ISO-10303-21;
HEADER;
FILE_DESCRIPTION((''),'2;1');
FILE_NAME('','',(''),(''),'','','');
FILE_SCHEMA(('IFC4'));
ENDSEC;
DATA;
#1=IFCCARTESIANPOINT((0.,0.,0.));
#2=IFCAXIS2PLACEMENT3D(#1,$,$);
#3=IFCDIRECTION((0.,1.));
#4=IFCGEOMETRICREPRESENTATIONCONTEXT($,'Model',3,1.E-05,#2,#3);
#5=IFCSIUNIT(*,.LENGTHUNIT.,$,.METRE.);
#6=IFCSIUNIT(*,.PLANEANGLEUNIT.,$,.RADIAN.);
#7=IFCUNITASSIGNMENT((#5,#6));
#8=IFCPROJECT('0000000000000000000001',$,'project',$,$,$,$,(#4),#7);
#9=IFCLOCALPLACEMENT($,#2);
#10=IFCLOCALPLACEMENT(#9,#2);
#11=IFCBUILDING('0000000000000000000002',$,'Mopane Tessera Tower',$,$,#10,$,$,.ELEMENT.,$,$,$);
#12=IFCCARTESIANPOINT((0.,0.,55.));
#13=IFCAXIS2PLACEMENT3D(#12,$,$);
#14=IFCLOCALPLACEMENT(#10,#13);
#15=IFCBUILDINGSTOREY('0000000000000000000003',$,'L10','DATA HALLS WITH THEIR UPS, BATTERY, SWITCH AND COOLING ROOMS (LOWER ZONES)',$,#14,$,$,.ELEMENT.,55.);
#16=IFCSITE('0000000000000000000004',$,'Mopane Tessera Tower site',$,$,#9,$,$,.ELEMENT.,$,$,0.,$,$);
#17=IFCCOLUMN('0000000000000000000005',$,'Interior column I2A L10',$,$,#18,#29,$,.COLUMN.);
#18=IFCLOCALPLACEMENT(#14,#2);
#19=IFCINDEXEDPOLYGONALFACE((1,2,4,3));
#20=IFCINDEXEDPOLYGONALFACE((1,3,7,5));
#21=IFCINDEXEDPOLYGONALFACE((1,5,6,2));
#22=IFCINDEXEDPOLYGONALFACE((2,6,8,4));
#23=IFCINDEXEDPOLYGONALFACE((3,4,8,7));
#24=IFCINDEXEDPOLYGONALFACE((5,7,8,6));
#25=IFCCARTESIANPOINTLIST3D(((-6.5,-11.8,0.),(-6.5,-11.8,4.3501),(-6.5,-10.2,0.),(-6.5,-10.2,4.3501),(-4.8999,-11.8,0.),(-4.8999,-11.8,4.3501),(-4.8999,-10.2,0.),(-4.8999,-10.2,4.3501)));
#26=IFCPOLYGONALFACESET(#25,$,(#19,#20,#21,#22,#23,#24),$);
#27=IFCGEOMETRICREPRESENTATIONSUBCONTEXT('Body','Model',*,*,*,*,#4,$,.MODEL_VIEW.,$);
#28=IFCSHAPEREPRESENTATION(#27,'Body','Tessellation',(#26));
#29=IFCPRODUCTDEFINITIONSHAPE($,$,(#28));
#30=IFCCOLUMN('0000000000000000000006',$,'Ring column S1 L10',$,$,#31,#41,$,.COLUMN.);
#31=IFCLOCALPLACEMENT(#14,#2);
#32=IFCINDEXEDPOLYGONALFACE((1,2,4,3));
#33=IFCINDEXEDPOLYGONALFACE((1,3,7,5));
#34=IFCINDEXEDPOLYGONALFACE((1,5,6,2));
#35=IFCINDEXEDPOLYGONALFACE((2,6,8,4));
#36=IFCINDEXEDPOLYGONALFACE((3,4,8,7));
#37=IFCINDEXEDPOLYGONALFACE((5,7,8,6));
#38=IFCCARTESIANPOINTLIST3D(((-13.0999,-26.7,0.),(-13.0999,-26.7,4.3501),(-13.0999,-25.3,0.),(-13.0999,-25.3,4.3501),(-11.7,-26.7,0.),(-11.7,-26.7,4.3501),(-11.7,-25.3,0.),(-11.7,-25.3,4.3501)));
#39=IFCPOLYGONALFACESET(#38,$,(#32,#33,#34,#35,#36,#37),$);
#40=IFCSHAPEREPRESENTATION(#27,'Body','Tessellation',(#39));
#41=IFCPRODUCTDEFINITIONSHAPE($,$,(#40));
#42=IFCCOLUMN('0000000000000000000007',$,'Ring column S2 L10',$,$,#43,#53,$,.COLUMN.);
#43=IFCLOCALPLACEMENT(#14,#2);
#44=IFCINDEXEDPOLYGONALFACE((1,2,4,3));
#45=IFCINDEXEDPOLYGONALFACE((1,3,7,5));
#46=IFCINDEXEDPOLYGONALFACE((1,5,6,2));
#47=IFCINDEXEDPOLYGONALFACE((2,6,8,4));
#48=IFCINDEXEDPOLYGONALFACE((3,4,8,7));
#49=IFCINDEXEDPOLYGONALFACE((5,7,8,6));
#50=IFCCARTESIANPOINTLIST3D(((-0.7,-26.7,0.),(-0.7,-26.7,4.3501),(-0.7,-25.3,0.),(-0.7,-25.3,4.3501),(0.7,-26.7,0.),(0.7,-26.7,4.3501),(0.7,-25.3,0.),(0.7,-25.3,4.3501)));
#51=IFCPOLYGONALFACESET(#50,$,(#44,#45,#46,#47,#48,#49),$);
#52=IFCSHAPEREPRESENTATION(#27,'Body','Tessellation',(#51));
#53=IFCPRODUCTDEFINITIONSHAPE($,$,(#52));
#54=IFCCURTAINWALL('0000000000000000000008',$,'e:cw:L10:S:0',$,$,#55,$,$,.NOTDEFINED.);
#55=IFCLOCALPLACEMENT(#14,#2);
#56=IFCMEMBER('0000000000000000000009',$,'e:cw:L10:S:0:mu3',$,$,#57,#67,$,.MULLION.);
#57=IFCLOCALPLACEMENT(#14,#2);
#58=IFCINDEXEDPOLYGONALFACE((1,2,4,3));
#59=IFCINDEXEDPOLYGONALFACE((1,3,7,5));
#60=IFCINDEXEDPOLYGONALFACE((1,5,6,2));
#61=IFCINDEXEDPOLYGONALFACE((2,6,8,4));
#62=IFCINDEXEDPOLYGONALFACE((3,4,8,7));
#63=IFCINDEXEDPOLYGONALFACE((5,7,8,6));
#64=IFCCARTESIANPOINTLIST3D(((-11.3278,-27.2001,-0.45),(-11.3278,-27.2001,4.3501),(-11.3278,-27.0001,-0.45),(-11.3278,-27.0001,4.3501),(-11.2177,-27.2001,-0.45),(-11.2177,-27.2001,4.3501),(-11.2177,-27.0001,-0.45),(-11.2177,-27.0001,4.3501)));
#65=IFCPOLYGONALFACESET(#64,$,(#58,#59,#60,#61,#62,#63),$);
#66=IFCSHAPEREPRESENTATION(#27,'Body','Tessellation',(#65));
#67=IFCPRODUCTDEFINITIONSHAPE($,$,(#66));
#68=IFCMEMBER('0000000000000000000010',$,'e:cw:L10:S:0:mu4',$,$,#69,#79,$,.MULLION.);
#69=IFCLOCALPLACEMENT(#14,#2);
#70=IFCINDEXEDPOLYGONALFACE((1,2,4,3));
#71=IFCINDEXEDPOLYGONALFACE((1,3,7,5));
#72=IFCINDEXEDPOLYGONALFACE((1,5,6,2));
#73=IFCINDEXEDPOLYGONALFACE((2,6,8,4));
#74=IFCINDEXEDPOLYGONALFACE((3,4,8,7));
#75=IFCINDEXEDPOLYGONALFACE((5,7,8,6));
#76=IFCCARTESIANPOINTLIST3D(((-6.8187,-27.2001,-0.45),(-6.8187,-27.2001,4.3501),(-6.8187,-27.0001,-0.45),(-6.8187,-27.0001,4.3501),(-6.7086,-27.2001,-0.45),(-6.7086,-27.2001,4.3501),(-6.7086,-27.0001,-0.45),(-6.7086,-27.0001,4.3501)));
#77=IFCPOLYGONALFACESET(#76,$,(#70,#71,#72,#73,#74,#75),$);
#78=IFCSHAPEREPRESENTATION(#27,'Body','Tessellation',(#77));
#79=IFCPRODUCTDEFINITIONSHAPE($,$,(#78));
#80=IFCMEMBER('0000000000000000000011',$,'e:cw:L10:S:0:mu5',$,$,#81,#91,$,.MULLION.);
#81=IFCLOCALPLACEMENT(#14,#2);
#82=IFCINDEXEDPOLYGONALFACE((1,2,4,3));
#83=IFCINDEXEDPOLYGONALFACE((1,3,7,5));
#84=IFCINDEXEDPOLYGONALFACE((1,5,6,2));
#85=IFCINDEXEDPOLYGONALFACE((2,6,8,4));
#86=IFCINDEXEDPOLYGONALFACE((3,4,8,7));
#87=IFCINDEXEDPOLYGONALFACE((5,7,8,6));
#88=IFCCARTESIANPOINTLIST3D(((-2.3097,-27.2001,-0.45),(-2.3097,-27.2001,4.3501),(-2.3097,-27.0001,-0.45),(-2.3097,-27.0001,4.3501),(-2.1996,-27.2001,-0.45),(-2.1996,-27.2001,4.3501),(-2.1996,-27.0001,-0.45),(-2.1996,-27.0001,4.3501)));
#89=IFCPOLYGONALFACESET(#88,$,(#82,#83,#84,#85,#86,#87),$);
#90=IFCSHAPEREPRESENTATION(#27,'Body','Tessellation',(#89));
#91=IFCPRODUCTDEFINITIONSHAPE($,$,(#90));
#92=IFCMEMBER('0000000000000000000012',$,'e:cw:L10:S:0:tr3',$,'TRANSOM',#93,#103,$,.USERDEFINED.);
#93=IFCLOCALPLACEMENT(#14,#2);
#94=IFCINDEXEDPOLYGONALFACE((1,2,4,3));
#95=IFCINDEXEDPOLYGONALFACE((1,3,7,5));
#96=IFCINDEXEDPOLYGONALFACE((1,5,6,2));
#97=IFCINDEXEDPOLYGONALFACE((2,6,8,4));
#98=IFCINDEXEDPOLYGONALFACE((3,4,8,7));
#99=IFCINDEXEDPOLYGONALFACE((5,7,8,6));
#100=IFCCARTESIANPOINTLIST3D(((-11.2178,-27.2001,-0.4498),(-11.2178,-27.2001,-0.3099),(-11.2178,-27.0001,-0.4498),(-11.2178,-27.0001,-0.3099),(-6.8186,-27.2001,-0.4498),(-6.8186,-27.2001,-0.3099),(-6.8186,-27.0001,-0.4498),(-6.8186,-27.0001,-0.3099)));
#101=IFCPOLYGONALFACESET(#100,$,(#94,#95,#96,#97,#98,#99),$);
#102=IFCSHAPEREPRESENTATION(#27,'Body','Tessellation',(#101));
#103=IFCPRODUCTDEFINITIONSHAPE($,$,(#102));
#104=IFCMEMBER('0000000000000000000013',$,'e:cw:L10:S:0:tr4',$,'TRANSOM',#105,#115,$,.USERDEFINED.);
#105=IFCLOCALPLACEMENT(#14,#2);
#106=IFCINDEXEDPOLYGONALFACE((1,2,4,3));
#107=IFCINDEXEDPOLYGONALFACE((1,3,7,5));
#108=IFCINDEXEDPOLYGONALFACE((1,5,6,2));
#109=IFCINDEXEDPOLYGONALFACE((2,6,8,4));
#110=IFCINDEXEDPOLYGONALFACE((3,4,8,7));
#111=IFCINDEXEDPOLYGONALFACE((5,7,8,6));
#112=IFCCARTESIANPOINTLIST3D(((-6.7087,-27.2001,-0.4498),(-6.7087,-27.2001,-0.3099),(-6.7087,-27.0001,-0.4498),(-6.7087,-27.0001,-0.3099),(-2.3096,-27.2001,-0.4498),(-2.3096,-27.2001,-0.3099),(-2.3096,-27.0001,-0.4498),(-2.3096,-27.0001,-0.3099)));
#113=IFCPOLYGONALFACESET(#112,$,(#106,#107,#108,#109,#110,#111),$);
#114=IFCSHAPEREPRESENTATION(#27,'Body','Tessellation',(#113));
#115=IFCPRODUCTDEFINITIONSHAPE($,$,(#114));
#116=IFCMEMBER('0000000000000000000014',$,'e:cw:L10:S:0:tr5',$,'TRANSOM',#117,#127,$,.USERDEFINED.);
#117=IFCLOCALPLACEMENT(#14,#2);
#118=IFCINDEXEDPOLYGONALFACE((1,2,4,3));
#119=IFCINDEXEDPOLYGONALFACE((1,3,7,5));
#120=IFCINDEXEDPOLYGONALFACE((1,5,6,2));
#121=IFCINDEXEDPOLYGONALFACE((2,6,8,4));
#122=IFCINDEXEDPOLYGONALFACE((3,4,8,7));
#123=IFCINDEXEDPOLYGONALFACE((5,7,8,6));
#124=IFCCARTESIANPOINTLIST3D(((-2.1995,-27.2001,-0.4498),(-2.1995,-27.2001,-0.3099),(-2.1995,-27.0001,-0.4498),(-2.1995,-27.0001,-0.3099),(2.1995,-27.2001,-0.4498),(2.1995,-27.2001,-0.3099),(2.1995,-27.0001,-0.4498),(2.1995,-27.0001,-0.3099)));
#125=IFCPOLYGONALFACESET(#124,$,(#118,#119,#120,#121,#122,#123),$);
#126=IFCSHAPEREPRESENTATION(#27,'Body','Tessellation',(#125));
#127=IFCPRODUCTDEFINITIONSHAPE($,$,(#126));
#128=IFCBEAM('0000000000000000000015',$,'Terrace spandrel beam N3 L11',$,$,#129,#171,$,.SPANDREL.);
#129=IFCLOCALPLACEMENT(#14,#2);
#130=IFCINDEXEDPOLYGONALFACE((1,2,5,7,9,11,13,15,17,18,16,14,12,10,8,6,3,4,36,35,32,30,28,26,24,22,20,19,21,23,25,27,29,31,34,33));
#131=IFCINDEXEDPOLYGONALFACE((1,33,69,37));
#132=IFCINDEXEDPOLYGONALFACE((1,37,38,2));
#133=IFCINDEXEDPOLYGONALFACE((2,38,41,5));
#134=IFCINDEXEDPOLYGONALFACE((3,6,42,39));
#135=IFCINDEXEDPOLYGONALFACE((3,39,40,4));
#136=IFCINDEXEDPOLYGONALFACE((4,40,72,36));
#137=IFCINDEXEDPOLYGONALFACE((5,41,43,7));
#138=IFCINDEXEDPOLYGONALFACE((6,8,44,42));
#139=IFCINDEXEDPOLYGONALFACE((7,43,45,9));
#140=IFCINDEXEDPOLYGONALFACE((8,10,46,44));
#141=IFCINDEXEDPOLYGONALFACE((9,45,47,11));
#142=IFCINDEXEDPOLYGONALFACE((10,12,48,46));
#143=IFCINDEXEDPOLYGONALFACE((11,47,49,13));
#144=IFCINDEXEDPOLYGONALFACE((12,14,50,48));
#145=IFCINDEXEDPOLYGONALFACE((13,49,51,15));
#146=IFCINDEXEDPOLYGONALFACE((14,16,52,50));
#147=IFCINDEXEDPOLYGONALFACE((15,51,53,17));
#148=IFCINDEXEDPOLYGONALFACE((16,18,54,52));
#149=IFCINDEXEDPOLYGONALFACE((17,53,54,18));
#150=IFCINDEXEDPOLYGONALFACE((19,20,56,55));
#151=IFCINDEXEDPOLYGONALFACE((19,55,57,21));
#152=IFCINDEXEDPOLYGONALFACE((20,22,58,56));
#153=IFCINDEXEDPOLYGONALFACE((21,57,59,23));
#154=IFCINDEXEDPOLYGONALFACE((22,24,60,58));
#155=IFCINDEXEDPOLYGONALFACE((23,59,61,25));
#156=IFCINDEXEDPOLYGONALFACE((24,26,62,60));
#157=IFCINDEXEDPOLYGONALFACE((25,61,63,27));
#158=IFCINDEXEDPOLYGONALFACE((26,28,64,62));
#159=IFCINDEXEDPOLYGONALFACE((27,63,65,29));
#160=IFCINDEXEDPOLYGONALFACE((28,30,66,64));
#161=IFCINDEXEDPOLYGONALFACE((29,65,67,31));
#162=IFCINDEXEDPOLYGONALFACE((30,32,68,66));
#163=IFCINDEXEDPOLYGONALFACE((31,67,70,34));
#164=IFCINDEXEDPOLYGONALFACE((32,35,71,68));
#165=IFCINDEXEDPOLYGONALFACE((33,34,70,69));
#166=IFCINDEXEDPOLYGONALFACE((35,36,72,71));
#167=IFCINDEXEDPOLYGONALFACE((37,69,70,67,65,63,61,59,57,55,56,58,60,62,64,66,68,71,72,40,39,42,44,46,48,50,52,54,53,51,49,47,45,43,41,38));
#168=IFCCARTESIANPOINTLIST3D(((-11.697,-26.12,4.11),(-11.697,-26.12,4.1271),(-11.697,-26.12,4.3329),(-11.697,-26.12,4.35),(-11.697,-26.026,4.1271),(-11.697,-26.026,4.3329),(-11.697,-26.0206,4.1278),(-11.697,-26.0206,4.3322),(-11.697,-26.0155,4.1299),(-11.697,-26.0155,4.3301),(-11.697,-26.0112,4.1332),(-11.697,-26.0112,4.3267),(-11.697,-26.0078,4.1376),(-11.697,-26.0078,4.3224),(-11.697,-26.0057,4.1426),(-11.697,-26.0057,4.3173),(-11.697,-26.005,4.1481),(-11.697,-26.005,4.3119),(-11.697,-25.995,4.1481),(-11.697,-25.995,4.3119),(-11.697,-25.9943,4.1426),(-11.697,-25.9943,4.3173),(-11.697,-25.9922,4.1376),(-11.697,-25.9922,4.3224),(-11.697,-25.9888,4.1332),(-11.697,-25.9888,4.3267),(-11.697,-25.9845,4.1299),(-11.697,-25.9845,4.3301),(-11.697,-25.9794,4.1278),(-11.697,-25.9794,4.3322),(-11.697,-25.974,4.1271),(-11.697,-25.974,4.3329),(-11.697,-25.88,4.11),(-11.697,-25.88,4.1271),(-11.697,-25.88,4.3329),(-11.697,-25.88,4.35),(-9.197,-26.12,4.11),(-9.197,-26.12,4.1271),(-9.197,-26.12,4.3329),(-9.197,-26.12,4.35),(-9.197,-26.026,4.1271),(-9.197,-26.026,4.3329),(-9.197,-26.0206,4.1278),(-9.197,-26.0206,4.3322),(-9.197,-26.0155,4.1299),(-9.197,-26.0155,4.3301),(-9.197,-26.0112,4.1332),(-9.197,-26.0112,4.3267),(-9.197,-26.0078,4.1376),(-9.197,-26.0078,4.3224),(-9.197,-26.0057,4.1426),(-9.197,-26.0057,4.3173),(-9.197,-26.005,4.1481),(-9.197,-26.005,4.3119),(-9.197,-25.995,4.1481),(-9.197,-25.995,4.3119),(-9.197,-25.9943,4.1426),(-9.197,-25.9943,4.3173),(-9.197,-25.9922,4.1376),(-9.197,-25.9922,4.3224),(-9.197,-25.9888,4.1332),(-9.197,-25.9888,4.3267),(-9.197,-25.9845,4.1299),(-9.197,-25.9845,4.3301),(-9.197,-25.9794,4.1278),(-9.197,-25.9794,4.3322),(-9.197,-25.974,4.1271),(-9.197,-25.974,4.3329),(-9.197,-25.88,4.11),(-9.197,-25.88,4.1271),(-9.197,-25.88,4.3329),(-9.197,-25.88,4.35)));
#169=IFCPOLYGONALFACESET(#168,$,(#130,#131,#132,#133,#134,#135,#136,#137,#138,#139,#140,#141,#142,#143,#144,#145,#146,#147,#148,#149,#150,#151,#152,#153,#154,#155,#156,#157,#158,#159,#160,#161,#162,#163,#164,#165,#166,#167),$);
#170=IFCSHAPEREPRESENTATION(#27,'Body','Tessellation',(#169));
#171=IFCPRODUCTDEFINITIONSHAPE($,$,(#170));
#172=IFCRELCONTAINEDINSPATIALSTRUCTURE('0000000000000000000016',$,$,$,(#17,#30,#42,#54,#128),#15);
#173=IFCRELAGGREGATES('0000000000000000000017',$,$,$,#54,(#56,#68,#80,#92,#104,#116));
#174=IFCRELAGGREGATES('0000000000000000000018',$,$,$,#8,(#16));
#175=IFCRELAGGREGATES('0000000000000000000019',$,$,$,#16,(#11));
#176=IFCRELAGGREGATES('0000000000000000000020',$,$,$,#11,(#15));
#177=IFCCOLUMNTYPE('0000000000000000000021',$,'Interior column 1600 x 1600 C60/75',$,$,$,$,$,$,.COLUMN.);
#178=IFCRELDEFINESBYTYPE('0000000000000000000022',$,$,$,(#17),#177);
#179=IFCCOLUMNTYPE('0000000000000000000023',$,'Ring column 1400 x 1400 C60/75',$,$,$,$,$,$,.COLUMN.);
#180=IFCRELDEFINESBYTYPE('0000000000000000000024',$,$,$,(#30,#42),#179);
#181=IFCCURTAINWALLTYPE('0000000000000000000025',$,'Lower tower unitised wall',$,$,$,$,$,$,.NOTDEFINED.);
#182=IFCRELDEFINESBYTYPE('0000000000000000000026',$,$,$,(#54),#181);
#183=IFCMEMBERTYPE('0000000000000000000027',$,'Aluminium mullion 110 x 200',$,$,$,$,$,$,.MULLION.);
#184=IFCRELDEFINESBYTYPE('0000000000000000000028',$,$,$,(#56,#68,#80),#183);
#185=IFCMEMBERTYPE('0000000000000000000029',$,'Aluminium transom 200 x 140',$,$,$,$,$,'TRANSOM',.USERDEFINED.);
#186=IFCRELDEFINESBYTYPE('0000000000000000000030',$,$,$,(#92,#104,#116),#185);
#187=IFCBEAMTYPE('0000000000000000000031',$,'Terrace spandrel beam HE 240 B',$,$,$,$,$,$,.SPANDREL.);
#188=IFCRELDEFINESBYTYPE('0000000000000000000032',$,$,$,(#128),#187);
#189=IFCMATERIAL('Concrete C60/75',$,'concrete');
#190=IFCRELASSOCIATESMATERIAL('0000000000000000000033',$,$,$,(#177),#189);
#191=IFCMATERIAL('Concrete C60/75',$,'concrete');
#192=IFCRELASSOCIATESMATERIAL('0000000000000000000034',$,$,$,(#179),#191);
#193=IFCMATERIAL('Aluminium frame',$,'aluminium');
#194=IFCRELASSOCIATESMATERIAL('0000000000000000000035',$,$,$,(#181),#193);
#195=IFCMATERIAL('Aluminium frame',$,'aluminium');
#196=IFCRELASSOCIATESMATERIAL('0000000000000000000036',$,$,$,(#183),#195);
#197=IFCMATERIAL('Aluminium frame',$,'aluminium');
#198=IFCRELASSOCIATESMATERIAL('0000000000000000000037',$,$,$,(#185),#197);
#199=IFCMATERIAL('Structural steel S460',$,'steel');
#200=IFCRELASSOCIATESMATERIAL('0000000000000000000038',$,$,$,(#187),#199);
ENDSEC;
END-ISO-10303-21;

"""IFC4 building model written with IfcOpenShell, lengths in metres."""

from ifc_helpers import new_model, si_unit, direction, frame, origin, origin_2d, place, context, subcontext, project, spatial, rectangle, i_section, extrude, material, material_profile, profile_set, type_object, element, aggregate, save


model = new_model("IFC4")

# Units and contexts
model_context = context("Model", 3, precision=1e-05, world=origin(), true_north=direction((0.0, 1.0)))
body_context = subcontext(model_context, "Body", "Model", "MODEL_VIEW")
ifc_project = project(units=[si_unit("LENGTHUNIT", "METRE"), si_unit("PLANEANGLEUNIT", "RADIAN")], contexts=[model_context])

# Site, building, storey
site_placement = place(None, origin())
site = spatial("IfcSite", under=ifc_project, at=site_placement, Name="Mopane Tessera Tower site", CompositionType="ELEMENT", RefElevation=0.0)
building_placement = place(site_placement, origin())
building = spatial("IfcBuilding", under=site, at=building_placement, Name="Mopane Tessera Tower", CompositionType="ELEMENT")
storey_placement = place(building_placement, frame((0.0, 0.0, 55.0)))
storey = spatial("IfcBuildingStorey", under=building, at=storey_placement, Name="L10", Description="DATA HALLS WITH THEIR UPS, BATTERY, SWITCH AND COOLING ROOMS (LOWER ZONES)", CompositionType="ELEMENT", Elevation=55.0)

# Columns
ifc_material_1 = material(Name="Concrete C60/75", Category="concrete")
ifc_material_profile_1 = material_profile(ifc_material_1, rectangle(XDim=1.6001, YDim=1.6001, at=origin_2d()))
ifc_profile_set_1 = profile_set([ifc_material_profile_1], Name="Concrete C60/75")
column_type_1 = type_object("IfcColumnType", Name="Interior column 1600 x 1600 C60/75", PredefinedType="COLUMN", material=ifc_profile_set_1)
column_placement = place(storey_placement, frame((-5.7, -11.0, 0.0), z_axis=(0.0, 0.0, 1.0), x_axis=(1.0, 0.0, 0.0)))
element("IfcColumn", 1, at=column_placement, inside=storey, type_object=column_type_1, Name="Interior column I2A L10", PredefinedType="COLUMN", context=body_context, shape_type="SweptSolid", body=[
    extrude(rectangle(XDim=1.6001, YDim=1.6001, at=origin_2d()), origin(), (0.0, 0.0, 1.0), 4.3501),
])
ifc_material_2 = material(Name="Concrete C60/75", Category="concrete")
ifc_material_profile_2 = material_profile(ifc_material_2, rectangle(XDim=1.3999, YDim=1.3999, at=origin_2d()))
ifc_profile_set_2 = profile_set([ifc_material_profile_2], Name="Concrete C60/75")
column_type_2 = type_object("IfcColumnType", Name="Ring column 1400 x 1400 C60/75", PredefinedType="COLUMN", material=ifc_profile_set_2)
for number, where, z_axis, x_axis, name in (
    (2, (-12.3999, -26.0, 0.0), (0.0, 0.0, 1.0), (1.0, 0.0, 0.0), "Ring column S1 L10"),
    (3, (0.0, -26.0, 0.0), (0.0, 0.0, 1.0), (1.0, 0.0, 0.0), "Ring column S2 L10"),
):
    element("IfcColumn", number, at=place(storey_placement, frame(where, z_axis=z_axis, x_axis=x_axis)), inside=storey, type_object=column_type_2, Name=name, PredefinedType="COLUMN", context=body_context, shape_type="SweptSolid", body=[
        extrude(rectangle(XDim=1.3999, YDim=1.3999, at=origin_2d()), origin(), (0.0, 0.0, 1.0), 4.3501),
    ])

# Curtain wall, members
ifc_material_3 = material(Name="Aluminium frame", Category="aluminium")
curtain_wall_type = type_object("IfcCurtainWallType", Name="Lower tower unitised wall", PredefinedType="NOTDEFINED", material=ifc_material_3)
curtain_wall_placement = place(storey_placement, origin())
curtain_wall = element("IfcCurtainWall", 4, at=curtain_wall_placement, inside=storey, type_object=curtain_wall_type, Name="e:cw:L10:S:0", PredefinedType="NOTDEFINED")
ifc_material_4 = material(Name="Aluminium frame", Category="aluminium")
ifc_material_profile_3 = material_profile(ifc_material_4, rectangle(XDim=0.1101, YDim=0.2, at=origin_2d()))
ifc_profile_set_3 = profile_set([ifc_material_profile_3], Name="Aluminium frame")
member_type_1 = type_object("IfcMemberType", Name="Aluminium mullion 110 x 200", PredefinedType="MULLION", material=ifc_profile_set_3)
member_1_placement = place(storey_placement, frame((-11.2727, -27.1001, -0.45), z_axis=(0.0, 0.0, 1.0), x_axis=(1.0, 0.0, 0.0)))
member_1 = element("IfcMember", 5, at=member_1_placement, type_object=member_type_1, Name="e:cw:L10:S:0:mu3", PredefinedType="MULLION", context=body_context, shape_type="SweptSolid", body=[
    extrude(rectangle(XDim=0.1101, YDim=0.2, at=origin_2d()), origin(), (0.0, 0.0, 1.0), 4.8),
])
member_2_placement = place(storey_placement, frame((-6.7637, -27.1001, -0.45), z_axis=(0.0, 0.0, 1.0), x_axis=(1.0, 0.0, 0.0)))
member_2 = element("IfcMember", 6, at=member_2_placement, type_object=member_type_1, Name="e:cw:L10:S:0:mu4", PredefinedType="MULLION", context=body_context, shape_type="SweptSolid", body=[
    extrude(rectangle(XDim=0.1101, YDim=0.2, at=origin_2d()), origin(), (0.0, 0.0, 1.0), 4.8),
])
member_3_placement = place(storey_placement, frame((-2.2546, -27.1001, -0.45), z_axis=(0.0, 0.0, 1.0), x_axis=(1.0, 0.0, 0.0)))
member_3 = element("IfcMember", 7, at=member_3_placement, type_object=member_type_1, Name="e:cw:L10:S:0:mu5", PredefinedType="MULLION", context=body_context, shape_type="SweptSolid", body=[
    extrude(rectangle(XDim=0.1101, YDim=0.2, at=origin_2d()), origin(), (0.0, 0.0, 1.0), 4.8),
])
ifc_material_5 = material(Name="Aluminium frame", Category="aluminium")
ifc_material_profile_4 = material_profile(ifc_material_5, rectangle(XDim=0.2, YDim=0.1399, at=origin_2d()))
ifc_profile_set_4 = profile_set([ifc_material_profile_4], Name="Aluminium frame")
member_type_2 = type_object("IfcMemberType", Name="Aluminium transom 200 x 140", ElementType="TRANSOM", PredefinedType="USERDEFINED", material=ifc_profile_set_4)
member_4_placement = place(storey_placement, frame((-11.2178, -27.1001, -0.3799), z_axis=(1.0, 0.0, 0.0), x_axis=(0.0, 1.0, 0.0)))
member_4 = element("IfcMember", 8, at=member_4_placement, type_object=member_type_2, Name="e:cw:L10:S:0:tr3", ObjectType="TRANSOM", PredefinedType="USERDEFINED", context=body_context, shape_type="SweptSolid", body=[
    extrude(rectangle(XDim=0.2, YDim=0.1399, at=origin_2d()), origin(), (0.0, 0.0, 1.0), 4.3992),
])
member_5_placement = place(storey_placement, frame((-6.7087, -27.1001, -0.3799), z_axis=(1.0, 0.0, 0.0), x_axis=(0.0, 1.0, 0.0)))
member_5 = element("IfcMember", 9, at=member_5_placement, type_object=member_type_2, Name="e:cw:L10:S:0:tr4", ObjectType="TRANSOM", PredefinedType="USERDEFINED", context=body_context, shape_type="SweptSolid", body=[
    extrude(rectangle(XDim=0.2, YDim=0.1399, at=origin_2d()), origin(), (0.0, 0.0, 1.0), 4.3992),
])
member_6_placement = place(storey_placement, frame((-2.1995, -27.1001, -0.3799), z_axis=(1.0, 0.0, 0.0), x_axis=(0.0, 1.0, 0.0)))
member_6 = element("IfcMember", 10, at=member_6_placement, type_object=member_type_2, Name="e:cw:L10:S:0:tr5", ObjectType="TRANSOM", PredefinedType="USERDEFINED", context=body_context, shape_type="SweptSolid", body=[
    extrude(rectangle(XDim=0.2, YDim=0.1399, at=origin_2d()), origin(), (0.0, 0.0, 1.0), 4.3989),
])

# Beam
ifc_material_6 = material(Name="Structural steel S460", Category="steel")
ifc_material_profile_5 = material_profile(ifc_material_6, i_section(OverallWidth=0.24, OverallDepth=0.24, WebThickness=0.01, FlangeThickness=0.0171, FilletRadius=0.021, at=origin_2d()))
ifc_profile_set_5 = profile_set([ifc_material_profile_5], Name="Structural steel S460")
beam_type_1 = type_object("IfcBeamType", Name="Terrace spandrel beam HE 240 B", PredefinedType="SPANDREL", material=ifc_profile_set_5)
beam_1_placement = place(storey_placement, frame((-11.697, -26.0, 4.23), z_axis=(1.0, 0.0, 0.0), x_axis=(0.0, 1.0, 0.0)))
element("IfcBeam", 11, at=beam_1_placement, inside=storey, type_object=beam_type_1, Name="Terrace spandrel beam N3 L11", PredefinedType="SPANDREL", context=body_context, shape_type="SweptSolid", body=[
    extrude(i_section(OverallWidth=0.24, OverallDepth=0.24, WebThickness=0.01, FlangeThickness=0.0171, FilletRadius=0.021, at=origin_2d()), origin(), (0.0, 0.0, 1.0), 2.5),
])

aggregate(curtain_wall, [member_1, member_2, member_3, member_4, member_5, member_6])

save(model, "model.ifc")
